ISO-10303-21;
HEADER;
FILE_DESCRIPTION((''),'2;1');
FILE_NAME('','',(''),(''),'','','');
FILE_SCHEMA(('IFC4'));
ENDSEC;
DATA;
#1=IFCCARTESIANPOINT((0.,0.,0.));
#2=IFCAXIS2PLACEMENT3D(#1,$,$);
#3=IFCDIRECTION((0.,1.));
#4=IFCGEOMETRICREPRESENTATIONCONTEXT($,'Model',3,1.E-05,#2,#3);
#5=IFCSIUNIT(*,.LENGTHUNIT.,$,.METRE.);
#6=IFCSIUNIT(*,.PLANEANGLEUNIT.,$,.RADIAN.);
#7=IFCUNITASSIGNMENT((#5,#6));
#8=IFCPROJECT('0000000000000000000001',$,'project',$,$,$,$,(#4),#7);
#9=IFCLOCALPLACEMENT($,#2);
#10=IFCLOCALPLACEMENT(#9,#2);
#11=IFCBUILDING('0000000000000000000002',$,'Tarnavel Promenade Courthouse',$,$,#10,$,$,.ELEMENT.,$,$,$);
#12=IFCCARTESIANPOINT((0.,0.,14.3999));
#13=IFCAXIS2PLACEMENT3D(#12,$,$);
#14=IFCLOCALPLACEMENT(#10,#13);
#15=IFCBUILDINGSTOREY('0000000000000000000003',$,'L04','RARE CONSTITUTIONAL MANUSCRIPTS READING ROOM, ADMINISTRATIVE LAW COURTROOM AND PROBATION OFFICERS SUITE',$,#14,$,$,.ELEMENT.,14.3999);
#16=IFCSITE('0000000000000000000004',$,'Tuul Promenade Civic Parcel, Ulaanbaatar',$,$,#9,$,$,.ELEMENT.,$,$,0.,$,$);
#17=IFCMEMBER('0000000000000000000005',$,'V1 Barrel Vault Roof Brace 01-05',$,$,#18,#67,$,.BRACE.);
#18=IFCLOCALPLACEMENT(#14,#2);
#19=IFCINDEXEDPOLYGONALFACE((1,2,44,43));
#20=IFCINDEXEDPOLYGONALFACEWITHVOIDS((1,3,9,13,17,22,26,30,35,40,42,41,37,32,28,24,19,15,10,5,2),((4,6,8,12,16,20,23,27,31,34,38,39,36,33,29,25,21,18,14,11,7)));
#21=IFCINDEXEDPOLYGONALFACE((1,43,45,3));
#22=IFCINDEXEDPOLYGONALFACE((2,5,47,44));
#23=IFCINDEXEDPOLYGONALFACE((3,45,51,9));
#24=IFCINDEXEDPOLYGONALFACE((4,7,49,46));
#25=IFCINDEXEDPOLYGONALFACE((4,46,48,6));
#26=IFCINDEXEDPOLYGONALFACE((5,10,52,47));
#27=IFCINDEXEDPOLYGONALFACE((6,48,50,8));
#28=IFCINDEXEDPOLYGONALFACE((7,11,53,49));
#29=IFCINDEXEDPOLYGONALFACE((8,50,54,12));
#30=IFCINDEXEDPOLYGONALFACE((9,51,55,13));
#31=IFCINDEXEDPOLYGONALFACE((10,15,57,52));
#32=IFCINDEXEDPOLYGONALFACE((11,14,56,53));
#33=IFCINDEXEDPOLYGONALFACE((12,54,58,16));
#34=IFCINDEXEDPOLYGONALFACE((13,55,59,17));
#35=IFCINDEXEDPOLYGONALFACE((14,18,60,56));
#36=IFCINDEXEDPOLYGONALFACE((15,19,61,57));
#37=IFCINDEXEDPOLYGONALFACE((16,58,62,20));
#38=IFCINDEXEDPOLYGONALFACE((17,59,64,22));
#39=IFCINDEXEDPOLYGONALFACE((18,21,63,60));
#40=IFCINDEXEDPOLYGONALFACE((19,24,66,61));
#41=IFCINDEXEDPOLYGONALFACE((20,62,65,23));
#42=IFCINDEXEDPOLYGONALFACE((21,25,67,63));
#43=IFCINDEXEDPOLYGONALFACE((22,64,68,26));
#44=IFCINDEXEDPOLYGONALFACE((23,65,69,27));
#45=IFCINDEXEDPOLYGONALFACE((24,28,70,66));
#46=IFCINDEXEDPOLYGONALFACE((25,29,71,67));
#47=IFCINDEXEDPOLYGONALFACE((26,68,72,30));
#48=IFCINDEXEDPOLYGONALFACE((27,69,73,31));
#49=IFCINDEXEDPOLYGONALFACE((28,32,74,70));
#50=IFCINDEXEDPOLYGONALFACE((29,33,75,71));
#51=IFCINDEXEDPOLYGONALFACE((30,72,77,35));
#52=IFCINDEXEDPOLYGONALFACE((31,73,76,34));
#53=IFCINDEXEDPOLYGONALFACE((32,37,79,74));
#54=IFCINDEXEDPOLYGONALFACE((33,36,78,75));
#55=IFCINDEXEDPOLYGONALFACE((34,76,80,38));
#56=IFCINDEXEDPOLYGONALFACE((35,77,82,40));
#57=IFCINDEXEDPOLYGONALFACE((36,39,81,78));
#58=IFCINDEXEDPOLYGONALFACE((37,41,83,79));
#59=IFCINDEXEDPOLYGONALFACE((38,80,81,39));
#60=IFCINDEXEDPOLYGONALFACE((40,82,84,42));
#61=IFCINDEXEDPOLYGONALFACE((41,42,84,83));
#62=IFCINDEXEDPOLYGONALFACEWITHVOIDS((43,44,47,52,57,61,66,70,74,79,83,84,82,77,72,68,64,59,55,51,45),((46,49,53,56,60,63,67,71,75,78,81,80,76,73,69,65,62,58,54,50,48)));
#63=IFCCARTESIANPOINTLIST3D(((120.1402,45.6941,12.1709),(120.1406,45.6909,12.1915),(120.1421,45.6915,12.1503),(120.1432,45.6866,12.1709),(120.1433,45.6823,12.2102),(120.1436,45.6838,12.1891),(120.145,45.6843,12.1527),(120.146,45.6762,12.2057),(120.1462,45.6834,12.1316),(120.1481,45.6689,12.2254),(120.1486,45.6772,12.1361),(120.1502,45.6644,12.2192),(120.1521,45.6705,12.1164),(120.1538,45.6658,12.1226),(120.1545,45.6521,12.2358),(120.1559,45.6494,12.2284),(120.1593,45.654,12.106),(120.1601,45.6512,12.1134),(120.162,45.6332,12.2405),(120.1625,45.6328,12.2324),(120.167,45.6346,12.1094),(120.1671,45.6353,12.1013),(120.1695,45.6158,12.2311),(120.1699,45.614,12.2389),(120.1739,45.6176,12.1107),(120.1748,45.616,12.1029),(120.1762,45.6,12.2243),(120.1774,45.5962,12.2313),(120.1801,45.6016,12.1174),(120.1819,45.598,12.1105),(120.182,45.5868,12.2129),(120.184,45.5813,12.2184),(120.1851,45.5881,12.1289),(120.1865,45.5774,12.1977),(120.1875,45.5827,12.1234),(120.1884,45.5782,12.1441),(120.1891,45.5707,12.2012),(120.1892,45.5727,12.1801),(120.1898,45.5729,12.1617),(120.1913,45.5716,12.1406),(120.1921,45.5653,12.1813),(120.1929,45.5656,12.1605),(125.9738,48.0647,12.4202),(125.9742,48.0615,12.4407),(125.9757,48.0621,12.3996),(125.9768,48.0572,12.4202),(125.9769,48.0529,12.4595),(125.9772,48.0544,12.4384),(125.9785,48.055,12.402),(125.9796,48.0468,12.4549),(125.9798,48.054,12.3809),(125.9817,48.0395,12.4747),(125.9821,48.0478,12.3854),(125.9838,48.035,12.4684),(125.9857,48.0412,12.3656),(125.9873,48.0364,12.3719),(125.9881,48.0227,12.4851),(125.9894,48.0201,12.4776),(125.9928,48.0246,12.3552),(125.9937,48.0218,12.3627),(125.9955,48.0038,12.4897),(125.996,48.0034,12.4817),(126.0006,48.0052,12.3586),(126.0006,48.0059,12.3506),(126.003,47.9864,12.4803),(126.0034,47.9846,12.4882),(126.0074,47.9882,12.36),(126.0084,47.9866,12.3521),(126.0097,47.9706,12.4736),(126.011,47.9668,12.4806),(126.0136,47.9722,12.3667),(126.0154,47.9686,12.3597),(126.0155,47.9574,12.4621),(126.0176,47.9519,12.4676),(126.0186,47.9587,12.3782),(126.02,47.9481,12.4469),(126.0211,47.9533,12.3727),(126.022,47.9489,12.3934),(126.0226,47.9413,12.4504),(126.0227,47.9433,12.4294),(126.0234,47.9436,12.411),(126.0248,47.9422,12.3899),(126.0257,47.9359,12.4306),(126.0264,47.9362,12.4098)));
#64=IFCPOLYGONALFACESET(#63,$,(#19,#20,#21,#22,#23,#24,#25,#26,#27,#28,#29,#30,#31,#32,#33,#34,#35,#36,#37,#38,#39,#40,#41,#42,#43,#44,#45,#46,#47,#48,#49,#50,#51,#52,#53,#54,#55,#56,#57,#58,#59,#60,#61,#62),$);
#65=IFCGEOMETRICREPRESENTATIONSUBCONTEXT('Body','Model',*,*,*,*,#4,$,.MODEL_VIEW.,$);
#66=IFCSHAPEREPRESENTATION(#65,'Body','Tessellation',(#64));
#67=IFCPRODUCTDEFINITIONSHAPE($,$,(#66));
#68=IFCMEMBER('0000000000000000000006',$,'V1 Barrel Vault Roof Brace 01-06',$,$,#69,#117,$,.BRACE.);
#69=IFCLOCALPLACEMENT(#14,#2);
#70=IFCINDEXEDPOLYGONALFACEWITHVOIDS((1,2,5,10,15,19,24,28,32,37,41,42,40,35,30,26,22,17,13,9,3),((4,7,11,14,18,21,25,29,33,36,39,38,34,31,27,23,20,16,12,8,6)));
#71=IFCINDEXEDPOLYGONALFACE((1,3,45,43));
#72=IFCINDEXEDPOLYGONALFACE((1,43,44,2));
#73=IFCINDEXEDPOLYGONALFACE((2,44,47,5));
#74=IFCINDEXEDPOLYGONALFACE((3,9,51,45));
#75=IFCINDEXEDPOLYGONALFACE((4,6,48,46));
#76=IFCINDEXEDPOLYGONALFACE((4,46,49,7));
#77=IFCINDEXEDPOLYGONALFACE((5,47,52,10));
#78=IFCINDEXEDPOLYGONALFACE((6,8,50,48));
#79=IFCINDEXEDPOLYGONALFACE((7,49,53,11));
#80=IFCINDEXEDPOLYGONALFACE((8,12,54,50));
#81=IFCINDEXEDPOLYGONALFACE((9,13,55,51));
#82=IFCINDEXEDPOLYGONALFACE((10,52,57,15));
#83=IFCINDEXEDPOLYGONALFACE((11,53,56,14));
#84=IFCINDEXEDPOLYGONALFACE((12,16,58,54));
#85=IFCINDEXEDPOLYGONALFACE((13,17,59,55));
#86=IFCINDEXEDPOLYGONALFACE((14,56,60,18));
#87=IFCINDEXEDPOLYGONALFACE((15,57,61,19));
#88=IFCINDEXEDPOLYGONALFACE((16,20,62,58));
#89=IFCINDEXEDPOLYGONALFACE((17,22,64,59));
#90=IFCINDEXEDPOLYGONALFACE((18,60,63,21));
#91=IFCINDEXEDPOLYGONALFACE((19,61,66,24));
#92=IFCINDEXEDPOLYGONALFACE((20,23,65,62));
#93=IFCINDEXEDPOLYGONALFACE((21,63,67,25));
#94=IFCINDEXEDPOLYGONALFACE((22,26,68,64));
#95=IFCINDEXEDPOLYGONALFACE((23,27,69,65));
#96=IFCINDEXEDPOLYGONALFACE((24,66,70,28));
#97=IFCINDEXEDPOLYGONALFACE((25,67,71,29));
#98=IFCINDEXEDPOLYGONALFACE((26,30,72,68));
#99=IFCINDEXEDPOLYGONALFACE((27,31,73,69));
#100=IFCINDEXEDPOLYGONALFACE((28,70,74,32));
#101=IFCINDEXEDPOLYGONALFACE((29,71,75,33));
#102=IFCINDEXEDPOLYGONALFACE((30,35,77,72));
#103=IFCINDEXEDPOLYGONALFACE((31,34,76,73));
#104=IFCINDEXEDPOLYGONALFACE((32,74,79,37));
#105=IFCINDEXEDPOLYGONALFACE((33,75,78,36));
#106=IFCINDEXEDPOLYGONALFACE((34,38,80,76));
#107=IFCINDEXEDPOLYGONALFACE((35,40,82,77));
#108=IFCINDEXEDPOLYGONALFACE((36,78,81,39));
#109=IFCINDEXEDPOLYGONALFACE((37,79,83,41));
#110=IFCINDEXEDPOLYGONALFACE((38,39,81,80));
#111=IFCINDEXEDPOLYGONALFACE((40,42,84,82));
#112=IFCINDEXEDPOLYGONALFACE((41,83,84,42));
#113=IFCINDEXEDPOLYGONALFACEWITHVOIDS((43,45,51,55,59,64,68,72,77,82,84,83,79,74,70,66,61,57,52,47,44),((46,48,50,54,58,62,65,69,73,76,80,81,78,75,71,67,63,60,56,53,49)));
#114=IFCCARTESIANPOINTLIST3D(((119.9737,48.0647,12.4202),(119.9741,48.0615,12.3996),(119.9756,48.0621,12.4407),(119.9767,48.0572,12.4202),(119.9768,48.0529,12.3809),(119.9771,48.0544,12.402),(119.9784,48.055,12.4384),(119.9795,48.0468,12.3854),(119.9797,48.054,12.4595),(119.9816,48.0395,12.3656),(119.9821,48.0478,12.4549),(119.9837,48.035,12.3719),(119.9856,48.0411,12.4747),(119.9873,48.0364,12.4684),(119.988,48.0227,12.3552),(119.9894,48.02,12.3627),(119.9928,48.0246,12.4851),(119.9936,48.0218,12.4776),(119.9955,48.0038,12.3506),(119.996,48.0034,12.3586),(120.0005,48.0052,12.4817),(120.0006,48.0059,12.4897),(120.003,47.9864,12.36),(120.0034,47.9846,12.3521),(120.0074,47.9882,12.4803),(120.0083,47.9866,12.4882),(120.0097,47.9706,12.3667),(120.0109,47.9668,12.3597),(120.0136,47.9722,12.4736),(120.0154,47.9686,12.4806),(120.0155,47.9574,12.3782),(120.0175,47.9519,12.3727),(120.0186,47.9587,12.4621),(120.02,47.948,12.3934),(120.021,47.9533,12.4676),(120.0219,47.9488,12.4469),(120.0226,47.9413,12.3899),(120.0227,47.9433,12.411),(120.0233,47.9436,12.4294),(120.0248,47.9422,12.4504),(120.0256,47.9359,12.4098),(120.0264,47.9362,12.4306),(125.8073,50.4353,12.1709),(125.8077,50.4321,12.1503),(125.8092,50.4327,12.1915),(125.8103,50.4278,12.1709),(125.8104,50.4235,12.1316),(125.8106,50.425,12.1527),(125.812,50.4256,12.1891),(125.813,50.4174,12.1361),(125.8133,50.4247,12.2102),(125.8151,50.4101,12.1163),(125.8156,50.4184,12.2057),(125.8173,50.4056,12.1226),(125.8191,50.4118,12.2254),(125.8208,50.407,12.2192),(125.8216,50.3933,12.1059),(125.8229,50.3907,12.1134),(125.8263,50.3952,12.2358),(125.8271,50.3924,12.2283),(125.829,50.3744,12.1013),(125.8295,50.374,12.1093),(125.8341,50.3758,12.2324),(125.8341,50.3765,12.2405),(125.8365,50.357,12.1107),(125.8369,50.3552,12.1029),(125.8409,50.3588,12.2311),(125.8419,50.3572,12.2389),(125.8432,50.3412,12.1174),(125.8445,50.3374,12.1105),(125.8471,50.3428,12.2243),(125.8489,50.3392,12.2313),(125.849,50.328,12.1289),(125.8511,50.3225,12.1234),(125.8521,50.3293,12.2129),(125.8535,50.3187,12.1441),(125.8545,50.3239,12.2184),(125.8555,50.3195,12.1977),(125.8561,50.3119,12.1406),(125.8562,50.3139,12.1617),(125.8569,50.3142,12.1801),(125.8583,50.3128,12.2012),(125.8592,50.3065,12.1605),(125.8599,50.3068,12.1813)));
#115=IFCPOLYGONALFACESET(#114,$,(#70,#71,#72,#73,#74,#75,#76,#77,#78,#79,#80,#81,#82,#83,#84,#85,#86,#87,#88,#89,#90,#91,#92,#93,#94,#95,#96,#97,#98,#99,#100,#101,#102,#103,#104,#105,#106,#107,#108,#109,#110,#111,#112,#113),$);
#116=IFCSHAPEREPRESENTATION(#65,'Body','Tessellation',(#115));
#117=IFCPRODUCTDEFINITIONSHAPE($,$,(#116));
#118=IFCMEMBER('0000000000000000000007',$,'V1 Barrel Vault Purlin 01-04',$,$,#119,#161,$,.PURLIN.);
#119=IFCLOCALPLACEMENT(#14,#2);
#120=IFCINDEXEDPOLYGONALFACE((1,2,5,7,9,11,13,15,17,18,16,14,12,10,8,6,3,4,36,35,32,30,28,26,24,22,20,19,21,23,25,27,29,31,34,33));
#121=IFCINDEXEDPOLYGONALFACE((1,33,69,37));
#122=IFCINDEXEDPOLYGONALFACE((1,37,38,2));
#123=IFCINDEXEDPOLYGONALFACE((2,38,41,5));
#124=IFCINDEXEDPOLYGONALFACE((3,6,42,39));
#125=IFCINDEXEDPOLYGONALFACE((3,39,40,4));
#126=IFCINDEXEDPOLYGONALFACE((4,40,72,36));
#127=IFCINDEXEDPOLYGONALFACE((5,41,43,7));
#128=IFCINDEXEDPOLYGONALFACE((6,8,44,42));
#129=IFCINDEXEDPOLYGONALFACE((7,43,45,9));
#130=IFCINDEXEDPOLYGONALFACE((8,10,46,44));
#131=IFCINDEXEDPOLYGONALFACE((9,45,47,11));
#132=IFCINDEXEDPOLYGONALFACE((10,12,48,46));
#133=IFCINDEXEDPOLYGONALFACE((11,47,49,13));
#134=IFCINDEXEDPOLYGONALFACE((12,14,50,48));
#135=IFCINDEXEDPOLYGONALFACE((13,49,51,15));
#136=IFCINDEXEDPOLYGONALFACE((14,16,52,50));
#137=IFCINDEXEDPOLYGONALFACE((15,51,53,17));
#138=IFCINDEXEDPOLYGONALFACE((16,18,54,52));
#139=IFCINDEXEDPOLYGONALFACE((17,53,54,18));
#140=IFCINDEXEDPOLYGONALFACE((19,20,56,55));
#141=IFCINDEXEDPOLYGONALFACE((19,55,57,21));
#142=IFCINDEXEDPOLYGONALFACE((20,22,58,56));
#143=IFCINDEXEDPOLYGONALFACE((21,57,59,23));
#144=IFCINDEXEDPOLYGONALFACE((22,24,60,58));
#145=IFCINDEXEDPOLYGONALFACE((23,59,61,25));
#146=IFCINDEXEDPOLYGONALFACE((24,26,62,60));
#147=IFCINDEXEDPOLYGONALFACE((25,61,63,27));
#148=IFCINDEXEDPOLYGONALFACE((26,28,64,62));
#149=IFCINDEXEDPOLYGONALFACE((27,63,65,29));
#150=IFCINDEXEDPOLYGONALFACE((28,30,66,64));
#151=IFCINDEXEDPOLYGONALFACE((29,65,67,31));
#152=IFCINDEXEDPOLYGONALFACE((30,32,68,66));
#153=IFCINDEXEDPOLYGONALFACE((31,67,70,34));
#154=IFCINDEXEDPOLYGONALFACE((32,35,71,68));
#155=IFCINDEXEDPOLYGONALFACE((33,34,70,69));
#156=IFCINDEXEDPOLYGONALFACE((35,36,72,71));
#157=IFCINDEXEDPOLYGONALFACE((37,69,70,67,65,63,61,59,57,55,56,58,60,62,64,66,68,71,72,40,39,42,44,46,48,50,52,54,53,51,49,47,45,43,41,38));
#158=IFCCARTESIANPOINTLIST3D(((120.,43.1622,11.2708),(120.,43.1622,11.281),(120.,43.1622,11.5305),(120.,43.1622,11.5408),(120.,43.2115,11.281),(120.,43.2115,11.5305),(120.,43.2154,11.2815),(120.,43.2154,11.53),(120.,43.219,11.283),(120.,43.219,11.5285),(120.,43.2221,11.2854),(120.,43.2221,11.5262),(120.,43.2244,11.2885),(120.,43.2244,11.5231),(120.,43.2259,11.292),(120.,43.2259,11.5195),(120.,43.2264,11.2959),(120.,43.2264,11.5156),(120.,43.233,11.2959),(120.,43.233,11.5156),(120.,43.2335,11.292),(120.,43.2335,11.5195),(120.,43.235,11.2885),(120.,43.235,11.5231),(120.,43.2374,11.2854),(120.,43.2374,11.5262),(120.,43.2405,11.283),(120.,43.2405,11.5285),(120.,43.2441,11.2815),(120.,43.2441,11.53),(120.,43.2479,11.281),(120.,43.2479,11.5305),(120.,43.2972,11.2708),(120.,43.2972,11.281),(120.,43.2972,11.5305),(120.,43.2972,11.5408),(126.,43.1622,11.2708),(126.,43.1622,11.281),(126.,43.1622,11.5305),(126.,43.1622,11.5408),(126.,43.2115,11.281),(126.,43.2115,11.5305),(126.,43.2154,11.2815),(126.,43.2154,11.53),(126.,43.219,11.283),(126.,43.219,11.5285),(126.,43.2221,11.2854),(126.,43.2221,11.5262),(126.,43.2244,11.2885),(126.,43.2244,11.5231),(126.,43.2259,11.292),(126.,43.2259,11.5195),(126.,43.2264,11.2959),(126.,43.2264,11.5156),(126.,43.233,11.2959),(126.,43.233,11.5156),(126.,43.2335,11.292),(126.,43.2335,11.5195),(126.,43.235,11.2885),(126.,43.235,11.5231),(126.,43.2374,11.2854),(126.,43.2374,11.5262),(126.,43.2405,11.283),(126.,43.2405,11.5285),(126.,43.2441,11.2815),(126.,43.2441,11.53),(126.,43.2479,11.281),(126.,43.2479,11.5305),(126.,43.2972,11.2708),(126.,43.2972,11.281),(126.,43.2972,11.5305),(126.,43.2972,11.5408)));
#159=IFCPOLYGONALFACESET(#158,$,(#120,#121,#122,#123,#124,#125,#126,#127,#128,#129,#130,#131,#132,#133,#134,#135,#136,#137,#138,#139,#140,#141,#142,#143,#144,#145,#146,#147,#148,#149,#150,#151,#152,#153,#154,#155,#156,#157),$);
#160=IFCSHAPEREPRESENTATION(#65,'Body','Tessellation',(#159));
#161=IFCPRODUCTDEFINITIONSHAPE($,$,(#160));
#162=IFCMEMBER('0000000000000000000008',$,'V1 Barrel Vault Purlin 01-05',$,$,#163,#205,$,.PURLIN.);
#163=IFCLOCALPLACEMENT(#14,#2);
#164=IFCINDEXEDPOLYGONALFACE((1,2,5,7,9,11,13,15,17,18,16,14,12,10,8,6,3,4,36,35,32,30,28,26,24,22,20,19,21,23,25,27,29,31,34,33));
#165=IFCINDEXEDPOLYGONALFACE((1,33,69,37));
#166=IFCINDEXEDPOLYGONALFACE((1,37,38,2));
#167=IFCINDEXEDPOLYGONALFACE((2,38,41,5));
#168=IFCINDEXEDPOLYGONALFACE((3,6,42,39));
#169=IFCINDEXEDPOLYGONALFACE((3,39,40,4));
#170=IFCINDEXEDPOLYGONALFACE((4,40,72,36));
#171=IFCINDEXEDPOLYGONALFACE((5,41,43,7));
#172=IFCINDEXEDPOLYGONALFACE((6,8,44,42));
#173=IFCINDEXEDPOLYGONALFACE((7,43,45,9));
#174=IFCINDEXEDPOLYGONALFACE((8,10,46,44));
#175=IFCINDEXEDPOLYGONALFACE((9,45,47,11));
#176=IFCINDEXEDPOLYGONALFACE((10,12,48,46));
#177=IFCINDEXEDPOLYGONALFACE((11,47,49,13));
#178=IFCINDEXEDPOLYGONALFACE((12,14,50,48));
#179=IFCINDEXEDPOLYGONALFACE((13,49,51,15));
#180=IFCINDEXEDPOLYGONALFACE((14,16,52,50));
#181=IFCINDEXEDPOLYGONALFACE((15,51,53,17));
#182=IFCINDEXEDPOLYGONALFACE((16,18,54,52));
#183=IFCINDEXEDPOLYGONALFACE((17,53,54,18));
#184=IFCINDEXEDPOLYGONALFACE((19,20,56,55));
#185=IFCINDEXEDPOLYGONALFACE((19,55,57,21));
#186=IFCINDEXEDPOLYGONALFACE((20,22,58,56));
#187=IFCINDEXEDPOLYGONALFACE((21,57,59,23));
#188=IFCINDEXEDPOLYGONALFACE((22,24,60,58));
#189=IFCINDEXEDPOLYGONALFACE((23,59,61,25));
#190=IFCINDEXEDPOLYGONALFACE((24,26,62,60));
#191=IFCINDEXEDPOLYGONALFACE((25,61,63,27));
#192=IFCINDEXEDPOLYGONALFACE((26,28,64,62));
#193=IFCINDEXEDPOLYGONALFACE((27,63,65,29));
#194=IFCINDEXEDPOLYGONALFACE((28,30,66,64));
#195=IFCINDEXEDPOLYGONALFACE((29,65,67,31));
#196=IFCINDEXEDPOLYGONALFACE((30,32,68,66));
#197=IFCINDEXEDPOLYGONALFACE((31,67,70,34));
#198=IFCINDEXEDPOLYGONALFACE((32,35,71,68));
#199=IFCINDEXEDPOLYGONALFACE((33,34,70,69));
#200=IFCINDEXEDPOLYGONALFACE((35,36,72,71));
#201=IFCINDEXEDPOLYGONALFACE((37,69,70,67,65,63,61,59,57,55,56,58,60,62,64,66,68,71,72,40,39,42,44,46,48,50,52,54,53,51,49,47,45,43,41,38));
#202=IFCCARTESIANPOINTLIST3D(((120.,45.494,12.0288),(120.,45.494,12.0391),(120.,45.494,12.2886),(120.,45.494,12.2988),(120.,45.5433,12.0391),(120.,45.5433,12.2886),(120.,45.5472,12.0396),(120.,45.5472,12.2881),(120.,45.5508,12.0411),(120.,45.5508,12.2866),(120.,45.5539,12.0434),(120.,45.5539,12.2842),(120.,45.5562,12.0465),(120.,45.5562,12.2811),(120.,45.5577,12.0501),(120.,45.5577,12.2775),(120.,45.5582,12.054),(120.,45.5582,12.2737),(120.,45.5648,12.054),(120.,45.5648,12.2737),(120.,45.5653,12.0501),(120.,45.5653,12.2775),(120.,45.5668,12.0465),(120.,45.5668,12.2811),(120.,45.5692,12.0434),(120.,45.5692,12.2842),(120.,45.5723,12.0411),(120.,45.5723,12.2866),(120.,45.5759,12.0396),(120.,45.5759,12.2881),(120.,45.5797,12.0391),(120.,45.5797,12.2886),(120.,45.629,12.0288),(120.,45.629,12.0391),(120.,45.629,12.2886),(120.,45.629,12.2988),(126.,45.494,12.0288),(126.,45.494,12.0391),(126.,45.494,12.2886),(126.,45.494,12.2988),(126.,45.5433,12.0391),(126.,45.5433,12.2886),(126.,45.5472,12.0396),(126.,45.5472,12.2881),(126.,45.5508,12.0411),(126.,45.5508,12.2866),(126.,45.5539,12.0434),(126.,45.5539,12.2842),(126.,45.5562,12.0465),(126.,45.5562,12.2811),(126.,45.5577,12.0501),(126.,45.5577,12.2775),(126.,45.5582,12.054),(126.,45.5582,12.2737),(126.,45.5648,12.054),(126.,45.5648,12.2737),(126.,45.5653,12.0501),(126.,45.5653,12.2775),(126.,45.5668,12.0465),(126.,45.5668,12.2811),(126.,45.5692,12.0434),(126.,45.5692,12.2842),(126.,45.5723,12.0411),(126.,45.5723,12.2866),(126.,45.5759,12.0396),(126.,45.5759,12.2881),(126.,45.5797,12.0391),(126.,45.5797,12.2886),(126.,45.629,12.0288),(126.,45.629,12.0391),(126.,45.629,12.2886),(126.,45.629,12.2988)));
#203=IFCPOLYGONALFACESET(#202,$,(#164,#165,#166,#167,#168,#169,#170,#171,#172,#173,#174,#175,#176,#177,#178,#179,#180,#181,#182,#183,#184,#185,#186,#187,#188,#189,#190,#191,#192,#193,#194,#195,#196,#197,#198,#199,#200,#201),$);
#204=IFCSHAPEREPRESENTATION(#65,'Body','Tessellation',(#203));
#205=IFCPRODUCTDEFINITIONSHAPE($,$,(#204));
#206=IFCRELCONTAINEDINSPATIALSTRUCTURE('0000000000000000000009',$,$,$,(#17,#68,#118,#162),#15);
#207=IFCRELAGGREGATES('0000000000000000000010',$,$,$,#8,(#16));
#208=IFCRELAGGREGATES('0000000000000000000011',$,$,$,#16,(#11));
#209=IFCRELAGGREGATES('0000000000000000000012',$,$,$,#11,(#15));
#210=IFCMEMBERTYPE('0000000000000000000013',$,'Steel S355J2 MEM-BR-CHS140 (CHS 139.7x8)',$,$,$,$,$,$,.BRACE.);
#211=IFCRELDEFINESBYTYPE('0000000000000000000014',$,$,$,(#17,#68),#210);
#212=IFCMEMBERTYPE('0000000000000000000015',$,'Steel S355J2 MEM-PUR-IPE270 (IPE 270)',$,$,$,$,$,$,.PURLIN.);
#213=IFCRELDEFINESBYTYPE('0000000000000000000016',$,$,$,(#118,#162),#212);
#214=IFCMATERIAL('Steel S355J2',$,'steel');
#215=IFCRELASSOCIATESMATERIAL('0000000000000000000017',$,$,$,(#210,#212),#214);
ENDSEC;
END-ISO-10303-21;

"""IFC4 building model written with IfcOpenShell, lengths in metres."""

from ifc_helpers import new_model, si_unit, direction, frame, origin, origin_2d, place, context, subcontext, project, spatial, hollow_circle, i_section, extrude, material, material_profile, profile_set, type_object, element, save


model = new_model("IFC4")

# Units and contexts
model_context = context("Model", 3, precision=1e-05, world=origin(), true_north=direction((0.0, 1.0)))
body_context = subcontext(model_context, "Body", "Model", "MODEL_VIEW")
ifc_project = project(units=[si_unit("LENGTHUNIT", "METRE"), si_unit("PLANEANGLEUNIT", "RADIAN")], contexts=[model_context])

# Site, building, storey
site_placement = place(None, origin())
site = spatial("IfcSite", under=ifc_project, at=site_placement, Name="Tuul Promenade Civic Parcel, Ulaanbaatar", CompositionType="ELEMENT", RefElevation=0.0)
building_placement = place(site_placement, origin())
building = spatial("IfcBuilding", under=site, at=building_placement, Name="Tarnavel Promenade Courthouse", CompositionType="ELEMENT")
storey_placement = place(building_placement, frame((0.0, 0.0, 14.3999)))
storey = spatial("IfcBuildingStorey", under=building, at=storey_placement, Name="L04", Description="RARE CONSTITUTIONAL MANUSCRIPTS READING ROOM, ADMINISTRATIVE LAW COURTROOM AND PROBATION OFFICERS SUITE", CompositionType="ELEMENT", Elevation=14.3999)

# Shared definitions
ifc_material_1 = material(Name="Steel S355J2", Category="steel")

# Members
ifc_material_profile_1 = material_profile(ifc_material_1, hollow_circle(Radius=0.0698, WallThickness=0.0081, at=origin_2d()), Name="CHS 139.7x8")
ifc_profile_set_1 = profile_set([ifc_material_profile_1], Name="Steel S355J2")
member_type_1 = type_object("IfcMemberType", Name="Steel S355J2 MEM-BR-CHS140 (CHS 139.7x8)", PredefinedType="BRACE", material=ifc_profile_set_1)
for number, where, z_axis, x_axis, name in (
    (1, (120.1665, 45.6294, 12.1709), (0.9257, 0.376184, 0.039556), (-0.376479, 0.926425, 0.0), "V1 Barrel Vault Roof Brace 01-05"),
    (2, (120.0, 48.0, 12.4202), (0.9257, 0.376184, -0.039556), (-0.376479, 0.926425, 0.0), "V1 Barrel Vault Roof Brace 01-06"),
):
    element("IfcMember", number, at=place(storey_placement, frame(where, z_axis=z_axis, x_axis=x_axis)), inside=storey, type_object=member_type_1, Name=name, PredefinedType="BRACE", context=body_context, shape_type="SweptSolid", body=[
        extrude(hollow_circle(Radius=0.0698, WallThickness=0.0081, at=origin_2d()), origin(), (0.0, 0.0, 1.0), 6.3018),
    ])
ifc_material_profile_2 = material_profile(ifc_material_1, i_section(OverallWidth=0.135, OverallDepth=0.27, WebThickness=0.0066, FlangeThickness=0.0103, FilletRadius=0.0149, at=origin_2d()), Name="IPE 270")
ifc_profile_set_2 = profile_set([ifc_material_profile_2], Name="Steel S355J2")
member_type_2 = type_object("IfcMemberType", Name="Steel S355J2 MEM-PUR-IPE270 (IPE 270)", PredefinedType="PURLIN", material=ifc_profile_set_2)
for number, where, z_axis, x_axis, name in (
    (3, (120.0, 43.2297, 11.4058), (1.0, 0.0, 0.0), (0.0, 1.0, 0.0), "V1 Barrel Vault Purlin 01-04"),
    (4, (120.0, 45.5615, 12.1638), (1.0, 0.0, 0.0), (0.0, 1.0, 0.0), "V1 Barrel Vault Purlin 01-05"),
):
    element("IfcMember", number, at=place(storey_placement, frame(where, z_axis=z_axis, x_axis=x_axis)), inside=storey, type_object=member_type_2, Name=name, PredefinedType="PURLIN", context=body_context, shape_type="SweptSolid", body=[
        extrude(i_section(OverallWidth=0.135, OverallDepth=0.27, WebThickness=0.0066, FlangeThickness=0.0103, FilletRadius=0.0149, at=origin_2d()), origin(), (0.0, 0.0, 1.0), 6.0),
    ])

save(model, "model.ifc")
